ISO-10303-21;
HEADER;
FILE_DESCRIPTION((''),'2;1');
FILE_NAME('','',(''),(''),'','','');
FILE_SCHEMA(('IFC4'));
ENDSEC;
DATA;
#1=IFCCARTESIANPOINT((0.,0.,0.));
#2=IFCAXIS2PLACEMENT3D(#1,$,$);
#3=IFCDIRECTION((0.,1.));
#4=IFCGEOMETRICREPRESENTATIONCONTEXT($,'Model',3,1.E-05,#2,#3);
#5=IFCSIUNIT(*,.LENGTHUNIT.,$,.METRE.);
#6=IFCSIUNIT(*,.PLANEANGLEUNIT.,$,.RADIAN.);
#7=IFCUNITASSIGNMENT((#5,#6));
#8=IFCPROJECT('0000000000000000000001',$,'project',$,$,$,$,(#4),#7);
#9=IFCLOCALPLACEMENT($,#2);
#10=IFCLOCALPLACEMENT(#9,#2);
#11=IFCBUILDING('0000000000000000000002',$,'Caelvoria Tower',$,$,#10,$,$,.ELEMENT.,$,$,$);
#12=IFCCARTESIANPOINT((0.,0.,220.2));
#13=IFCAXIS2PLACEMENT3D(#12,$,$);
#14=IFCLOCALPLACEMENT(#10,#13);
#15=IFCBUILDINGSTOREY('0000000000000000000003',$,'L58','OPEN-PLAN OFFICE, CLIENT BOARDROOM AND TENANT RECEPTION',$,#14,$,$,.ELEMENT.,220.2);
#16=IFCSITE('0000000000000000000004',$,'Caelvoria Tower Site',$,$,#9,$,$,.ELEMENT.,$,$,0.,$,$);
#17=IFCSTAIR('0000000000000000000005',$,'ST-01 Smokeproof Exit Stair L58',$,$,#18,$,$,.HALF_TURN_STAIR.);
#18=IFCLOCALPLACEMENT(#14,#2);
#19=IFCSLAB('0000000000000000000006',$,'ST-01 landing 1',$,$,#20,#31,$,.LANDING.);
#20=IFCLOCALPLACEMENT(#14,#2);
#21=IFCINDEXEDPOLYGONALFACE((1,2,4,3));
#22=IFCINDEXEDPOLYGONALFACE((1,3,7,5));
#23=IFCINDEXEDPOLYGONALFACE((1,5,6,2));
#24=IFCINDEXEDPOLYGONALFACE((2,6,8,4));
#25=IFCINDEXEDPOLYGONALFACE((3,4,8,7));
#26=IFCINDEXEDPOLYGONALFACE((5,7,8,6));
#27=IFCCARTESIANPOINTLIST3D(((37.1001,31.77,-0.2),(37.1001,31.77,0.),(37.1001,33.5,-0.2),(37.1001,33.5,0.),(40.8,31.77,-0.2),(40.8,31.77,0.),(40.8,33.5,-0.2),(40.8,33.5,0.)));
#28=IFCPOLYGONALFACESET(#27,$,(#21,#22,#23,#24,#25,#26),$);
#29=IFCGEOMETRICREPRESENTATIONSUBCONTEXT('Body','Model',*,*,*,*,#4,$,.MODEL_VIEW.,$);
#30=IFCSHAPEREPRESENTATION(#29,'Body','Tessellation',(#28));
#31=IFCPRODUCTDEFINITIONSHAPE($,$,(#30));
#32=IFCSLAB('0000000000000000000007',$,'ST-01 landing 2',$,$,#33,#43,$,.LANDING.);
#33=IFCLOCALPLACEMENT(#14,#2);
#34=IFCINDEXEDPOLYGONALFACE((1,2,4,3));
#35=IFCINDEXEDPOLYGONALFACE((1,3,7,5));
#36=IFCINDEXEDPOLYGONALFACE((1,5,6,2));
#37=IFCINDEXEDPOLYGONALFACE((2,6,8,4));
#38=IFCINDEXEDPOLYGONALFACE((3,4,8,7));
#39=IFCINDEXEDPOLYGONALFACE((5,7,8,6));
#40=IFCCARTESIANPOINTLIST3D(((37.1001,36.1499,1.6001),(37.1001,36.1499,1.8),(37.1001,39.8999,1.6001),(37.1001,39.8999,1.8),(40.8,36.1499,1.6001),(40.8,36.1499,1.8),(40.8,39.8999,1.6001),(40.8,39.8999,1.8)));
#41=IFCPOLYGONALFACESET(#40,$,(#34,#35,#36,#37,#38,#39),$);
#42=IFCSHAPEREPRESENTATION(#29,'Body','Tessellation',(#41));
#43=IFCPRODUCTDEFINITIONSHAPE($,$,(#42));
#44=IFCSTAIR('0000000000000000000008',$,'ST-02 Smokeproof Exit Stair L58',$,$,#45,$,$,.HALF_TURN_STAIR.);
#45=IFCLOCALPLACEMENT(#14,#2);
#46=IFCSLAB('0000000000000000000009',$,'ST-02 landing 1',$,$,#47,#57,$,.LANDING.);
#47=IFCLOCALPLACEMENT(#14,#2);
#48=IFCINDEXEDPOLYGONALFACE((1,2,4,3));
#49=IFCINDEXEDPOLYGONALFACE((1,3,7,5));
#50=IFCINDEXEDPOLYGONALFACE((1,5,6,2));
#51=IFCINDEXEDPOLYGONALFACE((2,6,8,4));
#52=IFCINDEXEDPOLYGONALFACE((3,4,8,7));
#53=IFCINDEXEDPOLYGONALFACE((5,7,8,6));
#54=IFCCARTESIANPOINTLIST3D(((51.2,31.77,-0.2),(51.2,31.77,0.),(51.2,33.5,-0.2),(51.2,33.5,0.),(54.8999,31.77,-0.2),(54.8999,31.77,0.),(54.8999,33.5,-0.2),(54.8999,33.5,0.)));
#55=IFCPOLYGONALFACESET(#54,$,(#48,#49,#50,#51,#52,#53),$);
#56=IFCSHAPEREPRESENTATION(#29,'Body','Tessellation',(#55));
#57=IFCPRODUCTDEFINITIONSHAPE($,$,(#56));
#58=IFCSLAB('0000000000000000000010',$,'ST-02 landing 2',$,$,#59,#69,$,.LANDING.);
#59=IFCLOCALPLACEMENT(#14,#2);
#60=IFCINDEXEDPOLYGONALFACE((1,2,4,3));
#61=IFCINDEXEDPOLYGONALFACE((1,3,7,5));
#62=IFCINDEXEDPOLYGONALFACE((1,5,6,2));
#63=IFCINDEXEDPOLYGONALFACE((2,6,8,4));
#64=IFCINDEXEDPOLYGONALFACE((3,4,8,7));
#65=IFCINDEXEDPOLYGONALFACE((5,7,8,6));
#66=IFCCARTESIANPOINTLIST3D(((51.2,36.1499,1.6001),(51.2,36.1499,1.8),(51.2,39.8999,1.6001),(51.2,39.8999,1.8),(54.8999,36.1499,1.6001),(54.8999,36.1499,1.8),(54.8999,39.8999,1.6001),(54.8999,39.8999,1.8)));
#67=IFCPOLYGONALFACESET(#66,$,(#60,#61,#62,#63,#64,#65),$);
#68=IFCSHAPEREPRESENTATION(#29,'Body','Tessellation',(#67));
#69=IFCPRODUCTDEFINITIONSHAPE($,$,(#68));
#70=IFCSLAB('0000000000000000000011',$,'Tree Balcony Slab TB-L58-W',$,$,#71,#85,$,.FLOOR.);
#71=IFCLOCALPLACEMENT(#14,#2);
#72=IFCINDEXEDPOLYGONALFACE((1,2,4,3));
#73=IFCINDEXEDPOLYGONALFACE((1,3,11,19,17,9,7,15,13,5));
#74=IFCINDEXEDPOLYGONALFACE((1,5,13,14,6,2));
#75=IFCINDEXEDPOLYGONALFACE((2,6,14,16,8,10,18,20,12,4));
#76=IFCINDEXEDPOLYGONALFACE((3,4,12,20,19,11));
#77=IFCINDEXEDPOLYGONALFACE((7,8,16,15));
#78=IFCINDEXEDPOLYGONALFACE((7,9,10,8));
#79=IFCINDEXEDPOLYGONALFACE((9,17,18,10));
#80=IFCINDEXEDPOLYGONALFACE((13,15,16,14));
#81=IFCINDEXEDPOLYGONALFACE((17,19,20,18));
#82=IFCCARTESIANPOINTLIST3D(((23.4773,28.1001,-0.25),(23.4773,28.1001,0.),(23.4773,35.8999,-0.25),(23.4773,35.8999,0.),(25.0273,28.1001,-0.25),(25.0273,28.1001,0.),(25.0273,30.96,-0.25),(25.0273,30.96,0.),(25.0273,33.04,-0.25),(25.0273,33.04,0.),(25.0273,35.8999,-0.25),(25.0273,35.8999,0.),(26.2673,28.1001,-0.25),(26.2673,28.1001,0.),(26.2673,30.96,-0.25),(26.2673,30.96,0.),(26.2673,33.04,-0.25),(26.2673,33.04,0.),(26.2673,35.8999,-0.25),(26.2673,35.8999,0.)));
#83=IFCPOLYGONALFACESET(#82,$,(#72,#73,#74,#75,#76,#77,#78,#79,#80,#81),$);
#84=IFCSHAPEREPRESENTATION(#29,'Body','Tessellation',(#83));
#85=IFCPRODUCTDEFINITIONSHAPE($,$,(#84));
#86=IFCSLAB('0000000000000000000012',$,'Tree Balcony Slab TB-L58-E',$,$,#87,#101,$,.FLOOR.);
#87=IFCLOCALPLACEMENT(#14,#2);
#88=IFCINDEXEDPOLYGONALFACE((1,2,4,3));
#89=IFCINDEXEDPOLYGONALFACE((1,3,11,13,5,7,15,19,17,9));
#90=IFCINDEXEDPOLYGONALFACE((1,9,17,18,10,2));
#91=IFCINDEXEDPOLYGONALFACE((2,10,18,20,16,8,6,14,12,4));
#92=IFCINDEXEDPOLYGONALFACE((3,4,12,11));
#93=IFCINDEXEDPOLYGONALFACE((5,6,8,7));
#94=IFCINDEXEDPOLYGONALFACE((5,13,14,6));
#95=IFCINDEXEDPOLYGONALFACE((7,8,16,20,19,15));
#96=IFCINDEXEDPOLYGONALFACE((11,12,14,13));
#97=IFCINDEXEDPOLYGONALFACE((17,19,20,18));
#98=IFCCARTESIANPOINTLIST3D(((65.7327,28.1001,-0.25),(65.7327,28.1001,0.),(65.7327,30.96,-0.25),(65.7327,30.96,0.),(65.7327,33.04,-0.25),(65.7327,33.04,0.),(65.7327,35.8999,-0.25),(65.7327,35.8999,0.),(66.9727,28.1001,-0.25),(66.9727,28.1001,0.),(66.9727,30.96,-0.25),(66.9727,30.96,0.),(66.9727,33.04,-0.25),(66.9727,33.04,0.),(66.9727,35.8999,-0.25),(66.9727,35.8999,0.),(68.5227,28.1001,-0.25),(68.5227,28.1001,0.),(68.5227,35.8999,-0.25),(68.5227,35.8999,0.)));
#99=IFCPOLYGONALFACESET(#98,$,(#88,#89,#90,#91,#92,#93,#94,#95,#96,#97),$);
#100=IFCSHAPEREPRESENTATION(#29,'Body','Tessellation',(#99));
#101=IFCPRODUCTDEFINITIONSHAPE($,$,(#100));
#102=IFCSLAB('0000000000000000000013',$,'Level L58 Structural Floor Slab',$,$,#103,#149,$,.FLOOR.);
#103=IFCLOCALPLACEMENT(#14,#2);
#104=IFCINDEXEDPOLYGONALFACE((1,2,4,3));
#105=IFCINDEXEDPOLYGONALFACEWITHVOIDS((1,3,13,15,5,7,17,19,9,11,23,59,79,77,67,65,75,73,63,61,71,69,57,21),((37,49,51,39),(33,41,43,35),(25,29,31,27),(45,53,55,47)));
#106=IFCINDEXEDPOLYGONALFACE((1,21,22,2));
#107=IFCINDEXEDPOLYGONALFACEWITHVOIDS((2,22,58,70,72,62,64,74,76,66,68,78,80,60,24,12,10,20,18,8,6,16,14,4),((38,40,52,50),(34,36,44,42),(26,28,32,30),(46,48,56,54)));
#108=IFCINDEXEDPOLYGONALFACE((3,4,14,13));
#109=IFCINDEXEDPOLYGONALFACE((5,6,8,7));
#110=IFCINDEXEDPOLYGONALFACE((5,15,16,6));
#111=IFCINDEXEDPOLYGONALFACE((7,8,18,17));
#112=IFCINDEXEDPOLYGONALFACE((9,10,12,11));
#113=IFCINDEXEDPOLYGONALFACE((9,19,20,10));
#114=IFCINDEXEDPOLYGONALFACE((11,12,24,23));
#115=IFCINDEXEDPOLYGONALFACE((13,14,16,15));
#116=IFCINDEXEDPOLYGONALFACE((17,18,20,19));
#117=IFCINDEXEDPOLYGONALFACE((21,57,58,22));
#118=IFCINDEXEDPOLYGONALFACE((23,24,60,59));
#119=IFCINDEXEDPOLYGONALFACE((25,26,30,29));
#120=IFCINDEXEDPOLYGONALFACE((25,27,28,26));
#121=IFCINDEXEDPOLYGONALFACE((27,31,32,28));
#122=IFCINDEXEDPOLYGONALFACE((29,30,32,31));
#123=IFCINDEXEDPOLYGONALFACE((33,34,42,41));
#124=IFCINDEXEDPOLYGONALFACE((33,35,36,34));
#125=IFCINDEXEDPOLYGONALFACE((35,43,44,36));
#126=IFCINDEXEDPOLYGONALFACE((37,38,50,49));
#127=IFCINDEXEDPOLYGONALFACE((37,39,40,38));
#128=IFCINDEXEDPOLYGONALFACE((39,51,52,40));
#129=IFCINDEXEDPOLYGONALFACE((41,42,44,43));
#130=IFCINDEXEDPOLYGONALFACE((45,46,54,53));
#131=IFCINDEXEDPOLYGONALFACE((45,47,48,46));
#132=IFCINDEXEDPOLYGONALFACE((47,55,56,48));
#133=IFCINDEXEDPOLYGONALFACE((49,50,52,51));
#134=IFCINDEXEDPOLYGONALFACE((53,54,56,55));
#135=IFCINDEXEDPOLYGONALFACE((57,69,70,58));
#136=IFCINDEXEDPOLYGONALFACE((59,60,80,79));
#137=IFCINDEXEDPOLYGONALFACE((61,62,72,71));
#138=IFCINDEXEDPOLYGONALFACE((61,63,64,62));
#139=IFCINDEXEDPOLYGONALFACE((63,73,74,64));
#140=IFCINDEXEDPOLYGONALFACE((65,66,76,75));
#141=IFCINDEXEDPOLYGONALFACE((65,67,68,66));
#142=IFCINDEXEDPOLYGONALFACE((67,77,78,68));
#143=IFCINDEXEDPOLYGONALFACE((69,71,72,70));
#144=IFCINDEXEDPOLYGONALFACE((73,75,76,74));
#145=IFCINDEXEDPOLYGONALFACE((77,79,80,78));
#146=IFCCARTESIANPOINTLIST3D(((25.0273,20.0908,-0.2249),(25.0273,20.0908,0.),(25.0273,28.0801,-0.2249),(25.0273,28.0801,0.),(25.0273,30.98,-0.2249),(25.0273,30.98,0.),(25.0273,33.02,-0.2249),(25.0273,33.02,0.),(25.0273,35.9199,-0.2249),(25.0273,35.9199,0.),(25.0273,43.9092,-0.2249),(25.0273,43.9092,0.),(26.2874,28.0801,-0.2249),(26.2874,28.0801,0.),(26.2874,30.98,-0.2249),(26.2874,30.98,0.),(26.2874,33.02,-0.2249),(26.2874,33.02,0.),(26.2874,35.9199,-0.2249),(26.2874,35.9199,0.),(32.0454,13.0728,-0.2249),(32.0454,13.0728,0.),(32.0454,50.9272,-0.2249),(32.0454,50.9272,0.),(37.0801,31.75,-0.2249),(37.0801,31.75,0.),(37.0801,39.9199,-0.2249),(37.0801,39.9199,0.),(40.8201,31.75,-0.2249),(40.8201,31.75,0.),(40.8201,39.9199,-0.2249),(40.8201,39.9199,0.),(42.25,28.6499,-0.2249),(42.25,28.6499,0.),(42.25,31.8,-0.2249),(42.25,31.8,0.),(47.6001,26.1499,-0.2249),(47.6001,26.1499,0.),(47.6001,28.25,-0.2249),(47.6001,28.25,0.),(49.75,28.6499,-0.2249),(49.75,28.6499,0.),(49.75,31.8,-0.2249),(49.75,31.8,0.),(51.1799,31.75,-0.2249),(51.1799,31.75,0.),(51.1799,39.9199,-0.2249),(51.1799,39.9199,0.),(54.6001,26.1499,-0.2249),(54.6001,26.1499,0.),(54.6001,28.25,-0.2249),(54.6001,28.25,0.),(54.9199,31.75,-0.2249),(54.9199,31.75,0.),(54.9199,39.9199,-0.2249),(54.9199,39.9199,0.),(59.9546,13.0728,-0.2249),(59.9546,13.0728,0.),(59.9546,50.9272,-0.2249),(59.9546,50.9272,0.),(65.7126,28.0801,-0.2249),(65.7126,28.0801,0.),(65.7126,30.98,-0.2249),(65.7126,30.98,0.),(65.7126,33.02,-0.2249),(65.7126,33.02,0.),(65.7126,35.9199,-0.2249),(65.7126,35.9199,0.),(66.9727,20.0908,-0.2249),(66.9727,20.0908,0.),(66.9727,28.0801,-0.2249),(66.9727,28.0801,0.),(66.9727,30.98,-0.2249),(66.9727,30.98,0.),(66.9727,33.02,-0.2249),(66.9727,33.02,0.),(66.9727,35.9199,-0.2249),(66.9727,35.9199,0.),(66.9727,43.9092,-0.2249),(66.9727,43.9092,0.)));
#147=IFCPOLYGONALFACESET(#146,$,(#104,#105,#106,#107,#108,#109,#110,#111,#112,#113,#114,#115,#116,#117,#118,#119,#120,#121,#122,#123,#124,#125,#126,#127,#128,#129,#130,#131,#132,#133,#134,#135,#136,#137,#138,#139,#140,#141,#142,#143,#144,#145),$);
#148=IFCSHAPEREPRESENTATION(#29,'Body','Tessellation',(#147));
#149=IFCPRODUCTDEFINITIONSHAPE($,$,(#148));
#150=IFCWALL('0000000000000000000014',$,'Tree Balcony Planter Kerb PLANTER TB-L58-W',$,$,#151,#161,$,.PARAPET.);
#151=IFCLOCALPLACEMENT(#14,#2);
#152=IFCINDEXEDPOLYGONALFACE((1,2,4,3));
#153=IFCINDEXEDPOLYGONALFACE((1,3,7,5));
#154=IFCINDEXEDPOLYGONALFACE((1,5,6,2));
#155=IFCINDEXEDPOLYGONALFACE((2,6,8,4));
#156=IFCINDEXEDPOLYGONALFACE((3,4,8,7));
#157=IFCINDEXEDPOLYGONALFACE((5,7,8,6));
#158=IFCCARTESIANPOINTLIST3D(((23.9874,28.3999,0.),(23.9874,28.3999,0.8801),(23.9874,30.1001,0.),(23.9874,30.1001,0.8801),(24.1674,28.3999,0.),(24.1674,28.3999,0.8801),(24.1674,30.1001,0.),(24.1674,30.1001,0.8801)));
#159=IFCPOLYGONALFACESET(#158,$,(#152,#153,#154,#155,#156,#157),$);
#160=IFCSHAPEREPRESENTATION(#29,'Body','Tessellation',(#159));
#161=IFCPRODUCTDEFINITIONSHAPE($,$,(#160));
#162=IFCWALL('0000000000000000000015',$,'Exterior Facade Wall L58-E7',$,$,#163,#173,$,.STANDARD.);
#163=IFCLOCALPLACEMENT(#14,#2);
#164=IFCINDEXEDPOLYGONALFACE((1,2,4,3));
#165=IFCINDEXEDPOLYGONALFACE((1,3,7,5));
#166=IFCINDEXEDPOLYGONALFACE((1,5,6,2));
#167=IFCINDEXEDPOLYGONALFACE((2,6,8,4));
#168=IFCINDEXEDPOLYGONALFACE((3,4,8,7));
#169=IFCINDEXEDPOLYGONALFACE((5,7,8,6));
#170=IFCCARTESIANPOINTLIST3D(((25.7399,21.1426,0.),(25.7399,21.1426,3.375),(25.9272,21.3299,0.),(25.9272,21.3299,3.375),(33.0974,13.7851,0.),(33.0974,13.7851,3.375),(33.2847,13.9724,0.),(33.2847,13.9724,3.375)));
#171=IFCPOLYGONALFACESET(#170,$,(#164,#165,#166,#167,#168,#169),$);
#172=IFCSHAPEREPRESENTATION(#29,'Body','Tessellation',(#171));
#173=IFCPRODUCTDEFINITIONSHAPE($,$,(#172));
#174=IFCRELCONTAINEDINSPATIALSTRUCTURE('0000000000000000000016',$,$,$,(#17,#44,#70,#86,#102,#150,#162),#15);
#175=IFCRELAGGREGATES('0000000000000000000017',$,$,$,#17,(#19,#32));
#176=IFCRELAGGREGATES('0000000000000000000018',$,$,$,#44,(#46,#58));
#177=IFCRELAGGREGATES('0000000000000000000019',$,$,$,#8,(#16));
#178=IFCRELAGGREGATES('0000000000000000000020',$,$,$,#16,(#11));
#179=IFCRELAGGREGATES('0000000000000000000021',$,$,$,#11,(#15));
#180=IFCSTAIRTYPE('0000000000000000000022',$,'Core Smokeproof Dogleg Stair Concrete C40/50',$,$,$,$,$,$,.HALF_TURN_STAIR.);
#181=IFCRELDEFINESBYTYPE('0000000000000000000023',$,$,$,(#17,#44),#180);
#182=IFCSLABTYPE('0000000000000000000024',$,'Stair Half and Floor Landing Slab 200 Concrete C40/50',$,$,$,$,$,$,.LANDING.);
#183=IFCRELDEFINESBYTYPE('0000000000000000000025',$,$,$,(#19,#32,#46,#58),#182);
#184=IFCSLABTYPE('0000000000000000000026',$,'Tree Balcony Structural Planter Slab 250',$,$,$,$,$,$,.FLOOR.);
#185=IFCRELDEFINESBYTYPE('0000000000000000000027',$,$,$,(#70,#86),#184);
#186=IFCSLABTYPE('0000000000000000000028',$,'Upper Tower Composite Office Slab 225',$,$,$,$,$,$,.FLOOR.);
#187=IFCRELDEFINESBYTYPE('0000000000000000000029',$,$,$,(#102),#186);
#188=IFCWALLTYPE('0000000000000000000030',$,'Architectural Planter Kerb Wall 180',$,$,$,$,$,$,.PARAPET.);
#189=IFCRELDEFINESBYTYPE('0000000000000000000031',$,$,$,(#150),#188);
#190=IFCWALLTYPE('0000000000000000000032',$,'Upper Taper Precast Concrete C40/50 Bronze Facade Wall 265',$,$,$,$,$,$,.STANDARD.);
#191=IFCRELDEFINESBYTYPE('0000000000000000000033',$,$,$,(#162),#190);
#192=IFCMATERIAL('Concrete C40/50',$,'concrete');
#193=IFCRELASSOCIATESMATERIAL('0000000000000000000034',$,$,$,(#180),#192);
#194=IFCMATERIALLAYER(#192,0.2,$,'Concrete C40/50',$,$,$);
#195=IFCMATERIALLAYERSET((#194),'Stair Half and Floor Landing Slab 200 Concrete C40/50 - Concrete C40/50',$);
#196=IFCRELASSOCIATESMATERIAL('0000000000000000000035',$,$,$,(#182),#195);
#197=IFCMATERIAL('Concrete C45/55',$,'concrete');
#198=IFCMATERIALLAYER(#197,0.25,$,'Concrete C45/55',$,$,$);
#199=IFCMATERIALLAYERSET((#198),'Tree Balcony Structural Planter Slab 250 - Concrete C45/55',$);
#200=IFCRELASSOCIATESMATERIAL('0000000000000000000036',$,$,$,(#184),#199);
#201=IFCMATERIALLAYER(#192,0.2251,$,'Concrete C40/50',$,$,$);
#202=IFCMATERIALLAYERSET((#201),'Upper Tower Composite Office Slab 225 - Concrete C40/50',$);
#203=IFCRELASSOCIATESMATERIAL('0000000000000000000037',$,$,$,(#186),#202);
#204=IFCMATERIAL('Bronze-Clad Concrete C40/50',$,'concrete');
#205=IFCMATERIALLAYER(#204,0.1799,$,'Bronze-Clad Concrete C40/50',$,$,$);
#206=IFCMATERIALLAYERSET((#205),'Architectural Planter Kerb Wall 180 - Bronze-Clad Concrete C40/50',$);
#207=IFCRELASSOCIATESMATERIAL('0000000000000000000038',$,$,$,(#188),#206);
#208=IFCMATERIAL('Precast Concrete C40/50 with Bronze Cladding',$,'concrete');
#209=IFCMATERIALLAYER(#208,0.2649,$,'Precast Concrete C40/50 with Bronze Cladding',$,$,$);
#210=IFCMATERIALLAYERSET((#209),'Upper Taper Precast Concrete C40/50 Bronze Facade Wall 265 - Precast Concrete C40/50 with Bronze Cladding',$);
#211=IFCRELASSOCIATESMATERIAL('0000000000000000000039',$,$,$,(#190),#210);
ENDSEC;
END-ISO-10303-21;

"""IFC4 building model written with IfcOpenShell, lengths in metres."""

from ifc_helpers import new_model, si_unit, direction, frame, frame_2d, origin, place, context, subcontext, project, spatial, polyline, rectangle, outline, extrude, material, layer, layer_set, type_object, element, aggregate, save


model = new_model("IFC4")

# Units and contexts
model_context = context("Model", 3, precision=1e-05, world=origin(), true_north=direction((0.0, 1.0)))
body_context = subcontext(model_context, "Body", "Model", "MODEL_VIEW")
ifc_project = project(units=[si_unit("LENGTHUNIT", "METRE"), si_unit("PLANEANGLEUNIT", "RADIAN")], contexts=[model_context])

# Site, building, storey
site_placement = place(None, origin())
site = spatial("IfcSite", under=ifc_project, at=site_placement, Name="Caelvoria Tower Site", CompositionType="ELEMENT", RefElevation=0.0)
building_placement = place(site_placement, origin())
building = spatial("IfcBuilding", under=site, at=building_placement, Name="Caelvoria Tower", CompositionType="ELEMENT")
storey_placement = place(building_placement, frame((0.0, 0.0, 220.2)))
storey = spatial("IfcBuildingStorey", under=building, at=storey_placement, Name="L58", Description="OPEN-PLAN OFFICE, CLIENT BOARDROOM AND TENANT RECEPTION", CompositionType="ELEMENT", Elevation=220.2)

# Stairs, slabs
ifc_material_1 = material(Name="Concrete C40/50", Category="concrete")
stair_type = type_object("IfcStairType", Name="Core Smokeproof Dogleg Stair Concrete C40/50", PredefinedType="HALF_TURN_STAIR", material=ifc_material_1)
stair_1_placement = place(storey_placement, origin())
stair_1 = element("IfcStair", 1, at=stair_1_placement, inside=storey, type_object=stair_type, Name="ST-01 Smokeproof Exit Stair L58", PredefinedType="HALF_TURN_STAIR")
ifc_layer_1 = layer(ifc_material_1, 0.2, Name="Concrete C40/50")
ifc_layer_set_1 = layer_set([ifc_layer_1], Name="Stair Half and Floor Landing Slab 200 Concrete C40/50 - Concrete C40/50")
slab_type_1 = type_object("IfcSlabType", Name="Stair Half and Floor Landing Slab 200 Concrete C40/50", PredefinedType="LANDING", material=ifc_layer_set_1)
slab_1_placement = place(storey_placement, frame((0.0, 0.0, -0.2)))
slab_1 = element("IfcSlab", 2, at=slab_1_placement, type_object=slab_type_1, Name="ST-01 landing 1", PredefinedType="LANDING", context=body_context, shape_type="SweptSolid", body=[
    extrude(outline(polyline([(37.1001, 31.77), (40.8, 31.77), (40.8, 33.5), (37.1001, 33.5), (37.1001, 31.77)])), origin(), (0.0, 0.0, 1.0), 0.2),
])
slab_2_placement = place(storey_placement, frame((0.0, 0.0, 1.6001)))
slab_2 = element("IfcSlab", 3, at=slab_2_placement, type_object=slab_type_1, Name="ST-01 landing 2", PredefinedType="LANDING", context=body_context, shape_type="SweptSolid", body=[
    extrude(outline(polyline([(37.1001, 36.1499), (40.8, 36.1499), (40.8, 39.8999), (37.1001, 39.8999), (37.1001, 36.1499)])), origin(), (0.0, 0.0, 1.0), 0.2),
])
aggregate(stair_1, [slab_1, slab_2])
stair_2_placement = place(storey_placement, origin())
stair_2 = element("IfcStair", 4, at=stair_2_placement, inside=storey, type_object=stair_type, Name="ST-02 Smokeproof Exit Stair L58", PredefinedType="HALF_TURN_STAIR")
slab_3_placement = place(storey_placement, frame((0.0, 0.0, -0.2)))
slab_3 = element("IfcSlab", 5, at=slab_3_placement, type_object=slab_type_1, Name="ST-02 landing 1", PredefinedType="LANDING", context=body_context, shape_type="SweptSolid", body=[
    extrude(outline(polyline([(51.2, 31.77), (54.8999, 31.77), (54.8999, 33.5), (51.2, 33.5), (51.2, 31.77)])), origin(), (0.0, 0.0, 1.0), 0.2),
])
slab_4_placement = place(storey_placement, frame((0.0, 0.0, 1.6001)))
slab_4 = element("IfcSlab", 6, at=slab_4_placement, type_object=slab_type_1, Name="ST-02 landing 2", PredefinedType="LANDING", context=body_context, shape_type="SweptSolid", body=[
    extrude(outline(polyline([(51.2, 36.1499), (54.8999, 36.1499), (54.8999, 39.8999), (51.2, 39.8999), (51.2, 36.1499)])), origin(), (0.0, 0.0, 1.0), 0.2),
])
aggregate(stair_2, [slab_3, slab_4])

# Slabs
ifc_material_2 = material(Name="Concrete C45/55", Category="concrete")
ifc_layer_2 = layer(ifc_material_2, 0.25, Name="Concrete C45/55")
ifc_layer_set_2 = layer_set([ifc_layer_2], Name="Tree Balcony Structural Planter Slab 250 - Concrete C45/55")
slab_type_2 = type_object("IfcSlabType", Name="Tree Balcony Structural Planter Slab 250", PredefinedType="FLOOR", material=ifc_layer_set_2)
slab_5_placement = place(storey_placement, frame((0.0, 0.0, -0.25)))
element("IfcSlab", 7, at=slab_5_placement, inside=storey, type_object=slab_type_2, Name="Tree Balcony Slab TB-L58-W", PredefinedType="FLOOR", context=body_context, shape_type="SweptSolid", body=[
    extrude(outline(polyline([(23.4773, 28.1001), (25.0273, 28.1001), (26.2673, 28.1001), (26.2673, 30.96), (25.0273, 30.96), (25.0273, 33.04), (26.2673, 33.04), (26.2673, 35.8999), (25.0273, 35.8999), (23.4773, 35.8999), (23.4773, 28.1001)])), origin(), (0.0, 0.0, 1.0), 0.25),
])
slab_6_placement = place(storey_placement, frame((0.0, 0.0, -0.25)))
element("IfcSlab", 8, at=slab_6_placement, inside=storey, type_object=slab_type_2, Name="Tree Balcony Slab TB-L58-E", PredefinedType="FLOOR", context=body_context, shape_type="SweptSolid", body=[
    extrude(outline(polyline([(66.9727, 35.8999), (65.7327, 35.8999), (65.7327, 33.04), (66.9727, 33.04), (66.9727, 30.96), (65.7327, 30.96), (65.7327, 28.1001), (66.9727, 28.1001), (68.5227, 28.1001), (68.5227, 35.8999), (66.9727, 35.8999)])), origin(), (0.0, 0.0, 1.0), 0.25),
])
ifc_layer_3 = layer(ifc_material_1, 0.2251, Name="Concrete C40/50")
ifc_layer_set_3 = layer_set([ifc_layer_3], Name="Upper Tower Composite Office Slab 225 - Concrete C40/50")
slab_type_3 = type_object("IfcSlabType", Name="Upper Tower Composite Office Slab 225", PredefinedType="FLOOR", material=ifc_layer_set_3)
slab_7_placement = place(storey_placement, frame((0.0, 0.0, -0.2249)))
element("IfcSlab", 9, at=slab_7_placement, inside=storey, type_object=slab_type_3, Name="Level L58 Structural Floor Slab", PredefinedType="FLOOR", context=body_context, shape_type="SweptSolid", body=[
    extrude(outline(polyline([(59.9546, 50.9272), (32.0454, 50.9272), (25.0273, 43.9092), (25.0273, 35.9199), (26.2874, 35.9199), (26.2874, 33.02), (25.0273, 33.02), (25.0273, 30.98), (26.2874, 30.98), (26.2874, 28.0801), (25.0273, 28.0801), (25.0273, 20.0908), (32.0454, 13.0728), (59.9546, 13.0728), (66.9727, 20.0908), (66.9727, 28.0801), (65.7126, 28.0801), (65.7126, 30.98), (66.9727, 30.98), (66.9727, 33.02), (65.7126, 33.02), (65.7126, 35.9199), (66.9727, 35.9199), (66.9727, 43.9092), (59.9546, 50.9272)]), holes=[polyline([(37.0801, 31.75), (40.8201, 31.75), (40.8201, 39.9199), (37.0801, 39.9199), (37.0801, 31.75)]), polyline([(51.1799, 31.75), (54.9199, 31.75), (54.9199, 39.9199), (51.1799, 39.9199), (51.1799, 31.75)]), polyline([(42.25, 28.6499), (49.75, 28.6499), (49.75, 31.8), (42.25, 31.8), (42.25, 28.6499)]), polyline([(47.6001, 26.1499), (54.6001, 26.1499), (54.6001, 28.25), (47.6001, 28.25), (47.6001, 26.1499)])]), origin(), (0.0, 0.0, 1.0), 0.2249),
])

# Walls
ifc_material_3 = material(Name="Bronze-Clad Concrete C40/50", Category="concrete")
ifc_layer_4 = layer(ifc_material_3, 0.1799, Name="Bronze-Clad Concrete C40/50")
ifc_layer_set_4 = layer_set([ifc_layer_4], Name="Architectural Planter Kerb Wall 180 - Bronze-Clad Concrete C40/50")
wall_type_1 = type_object("IfcWallType", Name="Architectural Planter Kerb Wall 180", PredefinedType="PARAPET", material=ifc_layer_set_4)
wall_1_placement = place(storey_placement, frame((24.0774, 28.3999, 0.0), z_axis=(0.0, 0.0, 1.0), x_axis=(0.0, 1.0, 0.0)))
element("IfcWall", 10, at=wall_1_placement, inside=storey, type_object=wall_type_1, Name="Tree Balcony Planter Kerb PLANTER TB-L58-W", PredefinedType="PARAPET", context=body_context, shape_type="SweptSolid", body=[
    extrude(rectangle(XDim=1.7002, YDim=0.1799, at=frame_2d((0.8501, 0.0))), origin(), (0.0, 0.0, 1.0), 0.8801),
])
ifc_material_4 = material(Name="Precast Concrete C40/50 with Bronze Cladding", Category="concrete")
ifc_layer_5 = layer(ifc_material_4, 0.2649, Name="Precast Concrete C40/50 with Bronze Cladding")
ifc_layer_set_5 = layer_set([ifc_layer_5], Name="Upper Taper Precast Concrete C40/50 Bronze Facade Wall 265 - Precast Concrete C40/50 with Bronze Cladding")
wall_type_2 = type_object("IfcWallType", Name="Upper Taper Precast Concrete C40/50 Bronze Facade Wall 265", PredefinedType="STANDARD", material=ifc_layer_set_5)
wall_2_placement = place(storey_placement, frame((25.8335, 21.2363, 0.0), z_axis=(0.0, 0.0, 1.0), x_axis=(0.707107, -0.707107, 0.0)))
element("IfcWall", 11, at=wall_2_placement, inside=storey, type_object=wall_type_2, Name="Exterior Facade Wall L58-E7", PredefinedType="STANDARD", context=body_context, shape_type="SweptSolid", body=[
    extrude(rectangle(XDim=10.405, YDim=0.2649, at=frame_2d((5.2026, 0.0))), origin(), (0.0, 0.0, 1.0), 3.375),
])

save(model, "model.ifc")
